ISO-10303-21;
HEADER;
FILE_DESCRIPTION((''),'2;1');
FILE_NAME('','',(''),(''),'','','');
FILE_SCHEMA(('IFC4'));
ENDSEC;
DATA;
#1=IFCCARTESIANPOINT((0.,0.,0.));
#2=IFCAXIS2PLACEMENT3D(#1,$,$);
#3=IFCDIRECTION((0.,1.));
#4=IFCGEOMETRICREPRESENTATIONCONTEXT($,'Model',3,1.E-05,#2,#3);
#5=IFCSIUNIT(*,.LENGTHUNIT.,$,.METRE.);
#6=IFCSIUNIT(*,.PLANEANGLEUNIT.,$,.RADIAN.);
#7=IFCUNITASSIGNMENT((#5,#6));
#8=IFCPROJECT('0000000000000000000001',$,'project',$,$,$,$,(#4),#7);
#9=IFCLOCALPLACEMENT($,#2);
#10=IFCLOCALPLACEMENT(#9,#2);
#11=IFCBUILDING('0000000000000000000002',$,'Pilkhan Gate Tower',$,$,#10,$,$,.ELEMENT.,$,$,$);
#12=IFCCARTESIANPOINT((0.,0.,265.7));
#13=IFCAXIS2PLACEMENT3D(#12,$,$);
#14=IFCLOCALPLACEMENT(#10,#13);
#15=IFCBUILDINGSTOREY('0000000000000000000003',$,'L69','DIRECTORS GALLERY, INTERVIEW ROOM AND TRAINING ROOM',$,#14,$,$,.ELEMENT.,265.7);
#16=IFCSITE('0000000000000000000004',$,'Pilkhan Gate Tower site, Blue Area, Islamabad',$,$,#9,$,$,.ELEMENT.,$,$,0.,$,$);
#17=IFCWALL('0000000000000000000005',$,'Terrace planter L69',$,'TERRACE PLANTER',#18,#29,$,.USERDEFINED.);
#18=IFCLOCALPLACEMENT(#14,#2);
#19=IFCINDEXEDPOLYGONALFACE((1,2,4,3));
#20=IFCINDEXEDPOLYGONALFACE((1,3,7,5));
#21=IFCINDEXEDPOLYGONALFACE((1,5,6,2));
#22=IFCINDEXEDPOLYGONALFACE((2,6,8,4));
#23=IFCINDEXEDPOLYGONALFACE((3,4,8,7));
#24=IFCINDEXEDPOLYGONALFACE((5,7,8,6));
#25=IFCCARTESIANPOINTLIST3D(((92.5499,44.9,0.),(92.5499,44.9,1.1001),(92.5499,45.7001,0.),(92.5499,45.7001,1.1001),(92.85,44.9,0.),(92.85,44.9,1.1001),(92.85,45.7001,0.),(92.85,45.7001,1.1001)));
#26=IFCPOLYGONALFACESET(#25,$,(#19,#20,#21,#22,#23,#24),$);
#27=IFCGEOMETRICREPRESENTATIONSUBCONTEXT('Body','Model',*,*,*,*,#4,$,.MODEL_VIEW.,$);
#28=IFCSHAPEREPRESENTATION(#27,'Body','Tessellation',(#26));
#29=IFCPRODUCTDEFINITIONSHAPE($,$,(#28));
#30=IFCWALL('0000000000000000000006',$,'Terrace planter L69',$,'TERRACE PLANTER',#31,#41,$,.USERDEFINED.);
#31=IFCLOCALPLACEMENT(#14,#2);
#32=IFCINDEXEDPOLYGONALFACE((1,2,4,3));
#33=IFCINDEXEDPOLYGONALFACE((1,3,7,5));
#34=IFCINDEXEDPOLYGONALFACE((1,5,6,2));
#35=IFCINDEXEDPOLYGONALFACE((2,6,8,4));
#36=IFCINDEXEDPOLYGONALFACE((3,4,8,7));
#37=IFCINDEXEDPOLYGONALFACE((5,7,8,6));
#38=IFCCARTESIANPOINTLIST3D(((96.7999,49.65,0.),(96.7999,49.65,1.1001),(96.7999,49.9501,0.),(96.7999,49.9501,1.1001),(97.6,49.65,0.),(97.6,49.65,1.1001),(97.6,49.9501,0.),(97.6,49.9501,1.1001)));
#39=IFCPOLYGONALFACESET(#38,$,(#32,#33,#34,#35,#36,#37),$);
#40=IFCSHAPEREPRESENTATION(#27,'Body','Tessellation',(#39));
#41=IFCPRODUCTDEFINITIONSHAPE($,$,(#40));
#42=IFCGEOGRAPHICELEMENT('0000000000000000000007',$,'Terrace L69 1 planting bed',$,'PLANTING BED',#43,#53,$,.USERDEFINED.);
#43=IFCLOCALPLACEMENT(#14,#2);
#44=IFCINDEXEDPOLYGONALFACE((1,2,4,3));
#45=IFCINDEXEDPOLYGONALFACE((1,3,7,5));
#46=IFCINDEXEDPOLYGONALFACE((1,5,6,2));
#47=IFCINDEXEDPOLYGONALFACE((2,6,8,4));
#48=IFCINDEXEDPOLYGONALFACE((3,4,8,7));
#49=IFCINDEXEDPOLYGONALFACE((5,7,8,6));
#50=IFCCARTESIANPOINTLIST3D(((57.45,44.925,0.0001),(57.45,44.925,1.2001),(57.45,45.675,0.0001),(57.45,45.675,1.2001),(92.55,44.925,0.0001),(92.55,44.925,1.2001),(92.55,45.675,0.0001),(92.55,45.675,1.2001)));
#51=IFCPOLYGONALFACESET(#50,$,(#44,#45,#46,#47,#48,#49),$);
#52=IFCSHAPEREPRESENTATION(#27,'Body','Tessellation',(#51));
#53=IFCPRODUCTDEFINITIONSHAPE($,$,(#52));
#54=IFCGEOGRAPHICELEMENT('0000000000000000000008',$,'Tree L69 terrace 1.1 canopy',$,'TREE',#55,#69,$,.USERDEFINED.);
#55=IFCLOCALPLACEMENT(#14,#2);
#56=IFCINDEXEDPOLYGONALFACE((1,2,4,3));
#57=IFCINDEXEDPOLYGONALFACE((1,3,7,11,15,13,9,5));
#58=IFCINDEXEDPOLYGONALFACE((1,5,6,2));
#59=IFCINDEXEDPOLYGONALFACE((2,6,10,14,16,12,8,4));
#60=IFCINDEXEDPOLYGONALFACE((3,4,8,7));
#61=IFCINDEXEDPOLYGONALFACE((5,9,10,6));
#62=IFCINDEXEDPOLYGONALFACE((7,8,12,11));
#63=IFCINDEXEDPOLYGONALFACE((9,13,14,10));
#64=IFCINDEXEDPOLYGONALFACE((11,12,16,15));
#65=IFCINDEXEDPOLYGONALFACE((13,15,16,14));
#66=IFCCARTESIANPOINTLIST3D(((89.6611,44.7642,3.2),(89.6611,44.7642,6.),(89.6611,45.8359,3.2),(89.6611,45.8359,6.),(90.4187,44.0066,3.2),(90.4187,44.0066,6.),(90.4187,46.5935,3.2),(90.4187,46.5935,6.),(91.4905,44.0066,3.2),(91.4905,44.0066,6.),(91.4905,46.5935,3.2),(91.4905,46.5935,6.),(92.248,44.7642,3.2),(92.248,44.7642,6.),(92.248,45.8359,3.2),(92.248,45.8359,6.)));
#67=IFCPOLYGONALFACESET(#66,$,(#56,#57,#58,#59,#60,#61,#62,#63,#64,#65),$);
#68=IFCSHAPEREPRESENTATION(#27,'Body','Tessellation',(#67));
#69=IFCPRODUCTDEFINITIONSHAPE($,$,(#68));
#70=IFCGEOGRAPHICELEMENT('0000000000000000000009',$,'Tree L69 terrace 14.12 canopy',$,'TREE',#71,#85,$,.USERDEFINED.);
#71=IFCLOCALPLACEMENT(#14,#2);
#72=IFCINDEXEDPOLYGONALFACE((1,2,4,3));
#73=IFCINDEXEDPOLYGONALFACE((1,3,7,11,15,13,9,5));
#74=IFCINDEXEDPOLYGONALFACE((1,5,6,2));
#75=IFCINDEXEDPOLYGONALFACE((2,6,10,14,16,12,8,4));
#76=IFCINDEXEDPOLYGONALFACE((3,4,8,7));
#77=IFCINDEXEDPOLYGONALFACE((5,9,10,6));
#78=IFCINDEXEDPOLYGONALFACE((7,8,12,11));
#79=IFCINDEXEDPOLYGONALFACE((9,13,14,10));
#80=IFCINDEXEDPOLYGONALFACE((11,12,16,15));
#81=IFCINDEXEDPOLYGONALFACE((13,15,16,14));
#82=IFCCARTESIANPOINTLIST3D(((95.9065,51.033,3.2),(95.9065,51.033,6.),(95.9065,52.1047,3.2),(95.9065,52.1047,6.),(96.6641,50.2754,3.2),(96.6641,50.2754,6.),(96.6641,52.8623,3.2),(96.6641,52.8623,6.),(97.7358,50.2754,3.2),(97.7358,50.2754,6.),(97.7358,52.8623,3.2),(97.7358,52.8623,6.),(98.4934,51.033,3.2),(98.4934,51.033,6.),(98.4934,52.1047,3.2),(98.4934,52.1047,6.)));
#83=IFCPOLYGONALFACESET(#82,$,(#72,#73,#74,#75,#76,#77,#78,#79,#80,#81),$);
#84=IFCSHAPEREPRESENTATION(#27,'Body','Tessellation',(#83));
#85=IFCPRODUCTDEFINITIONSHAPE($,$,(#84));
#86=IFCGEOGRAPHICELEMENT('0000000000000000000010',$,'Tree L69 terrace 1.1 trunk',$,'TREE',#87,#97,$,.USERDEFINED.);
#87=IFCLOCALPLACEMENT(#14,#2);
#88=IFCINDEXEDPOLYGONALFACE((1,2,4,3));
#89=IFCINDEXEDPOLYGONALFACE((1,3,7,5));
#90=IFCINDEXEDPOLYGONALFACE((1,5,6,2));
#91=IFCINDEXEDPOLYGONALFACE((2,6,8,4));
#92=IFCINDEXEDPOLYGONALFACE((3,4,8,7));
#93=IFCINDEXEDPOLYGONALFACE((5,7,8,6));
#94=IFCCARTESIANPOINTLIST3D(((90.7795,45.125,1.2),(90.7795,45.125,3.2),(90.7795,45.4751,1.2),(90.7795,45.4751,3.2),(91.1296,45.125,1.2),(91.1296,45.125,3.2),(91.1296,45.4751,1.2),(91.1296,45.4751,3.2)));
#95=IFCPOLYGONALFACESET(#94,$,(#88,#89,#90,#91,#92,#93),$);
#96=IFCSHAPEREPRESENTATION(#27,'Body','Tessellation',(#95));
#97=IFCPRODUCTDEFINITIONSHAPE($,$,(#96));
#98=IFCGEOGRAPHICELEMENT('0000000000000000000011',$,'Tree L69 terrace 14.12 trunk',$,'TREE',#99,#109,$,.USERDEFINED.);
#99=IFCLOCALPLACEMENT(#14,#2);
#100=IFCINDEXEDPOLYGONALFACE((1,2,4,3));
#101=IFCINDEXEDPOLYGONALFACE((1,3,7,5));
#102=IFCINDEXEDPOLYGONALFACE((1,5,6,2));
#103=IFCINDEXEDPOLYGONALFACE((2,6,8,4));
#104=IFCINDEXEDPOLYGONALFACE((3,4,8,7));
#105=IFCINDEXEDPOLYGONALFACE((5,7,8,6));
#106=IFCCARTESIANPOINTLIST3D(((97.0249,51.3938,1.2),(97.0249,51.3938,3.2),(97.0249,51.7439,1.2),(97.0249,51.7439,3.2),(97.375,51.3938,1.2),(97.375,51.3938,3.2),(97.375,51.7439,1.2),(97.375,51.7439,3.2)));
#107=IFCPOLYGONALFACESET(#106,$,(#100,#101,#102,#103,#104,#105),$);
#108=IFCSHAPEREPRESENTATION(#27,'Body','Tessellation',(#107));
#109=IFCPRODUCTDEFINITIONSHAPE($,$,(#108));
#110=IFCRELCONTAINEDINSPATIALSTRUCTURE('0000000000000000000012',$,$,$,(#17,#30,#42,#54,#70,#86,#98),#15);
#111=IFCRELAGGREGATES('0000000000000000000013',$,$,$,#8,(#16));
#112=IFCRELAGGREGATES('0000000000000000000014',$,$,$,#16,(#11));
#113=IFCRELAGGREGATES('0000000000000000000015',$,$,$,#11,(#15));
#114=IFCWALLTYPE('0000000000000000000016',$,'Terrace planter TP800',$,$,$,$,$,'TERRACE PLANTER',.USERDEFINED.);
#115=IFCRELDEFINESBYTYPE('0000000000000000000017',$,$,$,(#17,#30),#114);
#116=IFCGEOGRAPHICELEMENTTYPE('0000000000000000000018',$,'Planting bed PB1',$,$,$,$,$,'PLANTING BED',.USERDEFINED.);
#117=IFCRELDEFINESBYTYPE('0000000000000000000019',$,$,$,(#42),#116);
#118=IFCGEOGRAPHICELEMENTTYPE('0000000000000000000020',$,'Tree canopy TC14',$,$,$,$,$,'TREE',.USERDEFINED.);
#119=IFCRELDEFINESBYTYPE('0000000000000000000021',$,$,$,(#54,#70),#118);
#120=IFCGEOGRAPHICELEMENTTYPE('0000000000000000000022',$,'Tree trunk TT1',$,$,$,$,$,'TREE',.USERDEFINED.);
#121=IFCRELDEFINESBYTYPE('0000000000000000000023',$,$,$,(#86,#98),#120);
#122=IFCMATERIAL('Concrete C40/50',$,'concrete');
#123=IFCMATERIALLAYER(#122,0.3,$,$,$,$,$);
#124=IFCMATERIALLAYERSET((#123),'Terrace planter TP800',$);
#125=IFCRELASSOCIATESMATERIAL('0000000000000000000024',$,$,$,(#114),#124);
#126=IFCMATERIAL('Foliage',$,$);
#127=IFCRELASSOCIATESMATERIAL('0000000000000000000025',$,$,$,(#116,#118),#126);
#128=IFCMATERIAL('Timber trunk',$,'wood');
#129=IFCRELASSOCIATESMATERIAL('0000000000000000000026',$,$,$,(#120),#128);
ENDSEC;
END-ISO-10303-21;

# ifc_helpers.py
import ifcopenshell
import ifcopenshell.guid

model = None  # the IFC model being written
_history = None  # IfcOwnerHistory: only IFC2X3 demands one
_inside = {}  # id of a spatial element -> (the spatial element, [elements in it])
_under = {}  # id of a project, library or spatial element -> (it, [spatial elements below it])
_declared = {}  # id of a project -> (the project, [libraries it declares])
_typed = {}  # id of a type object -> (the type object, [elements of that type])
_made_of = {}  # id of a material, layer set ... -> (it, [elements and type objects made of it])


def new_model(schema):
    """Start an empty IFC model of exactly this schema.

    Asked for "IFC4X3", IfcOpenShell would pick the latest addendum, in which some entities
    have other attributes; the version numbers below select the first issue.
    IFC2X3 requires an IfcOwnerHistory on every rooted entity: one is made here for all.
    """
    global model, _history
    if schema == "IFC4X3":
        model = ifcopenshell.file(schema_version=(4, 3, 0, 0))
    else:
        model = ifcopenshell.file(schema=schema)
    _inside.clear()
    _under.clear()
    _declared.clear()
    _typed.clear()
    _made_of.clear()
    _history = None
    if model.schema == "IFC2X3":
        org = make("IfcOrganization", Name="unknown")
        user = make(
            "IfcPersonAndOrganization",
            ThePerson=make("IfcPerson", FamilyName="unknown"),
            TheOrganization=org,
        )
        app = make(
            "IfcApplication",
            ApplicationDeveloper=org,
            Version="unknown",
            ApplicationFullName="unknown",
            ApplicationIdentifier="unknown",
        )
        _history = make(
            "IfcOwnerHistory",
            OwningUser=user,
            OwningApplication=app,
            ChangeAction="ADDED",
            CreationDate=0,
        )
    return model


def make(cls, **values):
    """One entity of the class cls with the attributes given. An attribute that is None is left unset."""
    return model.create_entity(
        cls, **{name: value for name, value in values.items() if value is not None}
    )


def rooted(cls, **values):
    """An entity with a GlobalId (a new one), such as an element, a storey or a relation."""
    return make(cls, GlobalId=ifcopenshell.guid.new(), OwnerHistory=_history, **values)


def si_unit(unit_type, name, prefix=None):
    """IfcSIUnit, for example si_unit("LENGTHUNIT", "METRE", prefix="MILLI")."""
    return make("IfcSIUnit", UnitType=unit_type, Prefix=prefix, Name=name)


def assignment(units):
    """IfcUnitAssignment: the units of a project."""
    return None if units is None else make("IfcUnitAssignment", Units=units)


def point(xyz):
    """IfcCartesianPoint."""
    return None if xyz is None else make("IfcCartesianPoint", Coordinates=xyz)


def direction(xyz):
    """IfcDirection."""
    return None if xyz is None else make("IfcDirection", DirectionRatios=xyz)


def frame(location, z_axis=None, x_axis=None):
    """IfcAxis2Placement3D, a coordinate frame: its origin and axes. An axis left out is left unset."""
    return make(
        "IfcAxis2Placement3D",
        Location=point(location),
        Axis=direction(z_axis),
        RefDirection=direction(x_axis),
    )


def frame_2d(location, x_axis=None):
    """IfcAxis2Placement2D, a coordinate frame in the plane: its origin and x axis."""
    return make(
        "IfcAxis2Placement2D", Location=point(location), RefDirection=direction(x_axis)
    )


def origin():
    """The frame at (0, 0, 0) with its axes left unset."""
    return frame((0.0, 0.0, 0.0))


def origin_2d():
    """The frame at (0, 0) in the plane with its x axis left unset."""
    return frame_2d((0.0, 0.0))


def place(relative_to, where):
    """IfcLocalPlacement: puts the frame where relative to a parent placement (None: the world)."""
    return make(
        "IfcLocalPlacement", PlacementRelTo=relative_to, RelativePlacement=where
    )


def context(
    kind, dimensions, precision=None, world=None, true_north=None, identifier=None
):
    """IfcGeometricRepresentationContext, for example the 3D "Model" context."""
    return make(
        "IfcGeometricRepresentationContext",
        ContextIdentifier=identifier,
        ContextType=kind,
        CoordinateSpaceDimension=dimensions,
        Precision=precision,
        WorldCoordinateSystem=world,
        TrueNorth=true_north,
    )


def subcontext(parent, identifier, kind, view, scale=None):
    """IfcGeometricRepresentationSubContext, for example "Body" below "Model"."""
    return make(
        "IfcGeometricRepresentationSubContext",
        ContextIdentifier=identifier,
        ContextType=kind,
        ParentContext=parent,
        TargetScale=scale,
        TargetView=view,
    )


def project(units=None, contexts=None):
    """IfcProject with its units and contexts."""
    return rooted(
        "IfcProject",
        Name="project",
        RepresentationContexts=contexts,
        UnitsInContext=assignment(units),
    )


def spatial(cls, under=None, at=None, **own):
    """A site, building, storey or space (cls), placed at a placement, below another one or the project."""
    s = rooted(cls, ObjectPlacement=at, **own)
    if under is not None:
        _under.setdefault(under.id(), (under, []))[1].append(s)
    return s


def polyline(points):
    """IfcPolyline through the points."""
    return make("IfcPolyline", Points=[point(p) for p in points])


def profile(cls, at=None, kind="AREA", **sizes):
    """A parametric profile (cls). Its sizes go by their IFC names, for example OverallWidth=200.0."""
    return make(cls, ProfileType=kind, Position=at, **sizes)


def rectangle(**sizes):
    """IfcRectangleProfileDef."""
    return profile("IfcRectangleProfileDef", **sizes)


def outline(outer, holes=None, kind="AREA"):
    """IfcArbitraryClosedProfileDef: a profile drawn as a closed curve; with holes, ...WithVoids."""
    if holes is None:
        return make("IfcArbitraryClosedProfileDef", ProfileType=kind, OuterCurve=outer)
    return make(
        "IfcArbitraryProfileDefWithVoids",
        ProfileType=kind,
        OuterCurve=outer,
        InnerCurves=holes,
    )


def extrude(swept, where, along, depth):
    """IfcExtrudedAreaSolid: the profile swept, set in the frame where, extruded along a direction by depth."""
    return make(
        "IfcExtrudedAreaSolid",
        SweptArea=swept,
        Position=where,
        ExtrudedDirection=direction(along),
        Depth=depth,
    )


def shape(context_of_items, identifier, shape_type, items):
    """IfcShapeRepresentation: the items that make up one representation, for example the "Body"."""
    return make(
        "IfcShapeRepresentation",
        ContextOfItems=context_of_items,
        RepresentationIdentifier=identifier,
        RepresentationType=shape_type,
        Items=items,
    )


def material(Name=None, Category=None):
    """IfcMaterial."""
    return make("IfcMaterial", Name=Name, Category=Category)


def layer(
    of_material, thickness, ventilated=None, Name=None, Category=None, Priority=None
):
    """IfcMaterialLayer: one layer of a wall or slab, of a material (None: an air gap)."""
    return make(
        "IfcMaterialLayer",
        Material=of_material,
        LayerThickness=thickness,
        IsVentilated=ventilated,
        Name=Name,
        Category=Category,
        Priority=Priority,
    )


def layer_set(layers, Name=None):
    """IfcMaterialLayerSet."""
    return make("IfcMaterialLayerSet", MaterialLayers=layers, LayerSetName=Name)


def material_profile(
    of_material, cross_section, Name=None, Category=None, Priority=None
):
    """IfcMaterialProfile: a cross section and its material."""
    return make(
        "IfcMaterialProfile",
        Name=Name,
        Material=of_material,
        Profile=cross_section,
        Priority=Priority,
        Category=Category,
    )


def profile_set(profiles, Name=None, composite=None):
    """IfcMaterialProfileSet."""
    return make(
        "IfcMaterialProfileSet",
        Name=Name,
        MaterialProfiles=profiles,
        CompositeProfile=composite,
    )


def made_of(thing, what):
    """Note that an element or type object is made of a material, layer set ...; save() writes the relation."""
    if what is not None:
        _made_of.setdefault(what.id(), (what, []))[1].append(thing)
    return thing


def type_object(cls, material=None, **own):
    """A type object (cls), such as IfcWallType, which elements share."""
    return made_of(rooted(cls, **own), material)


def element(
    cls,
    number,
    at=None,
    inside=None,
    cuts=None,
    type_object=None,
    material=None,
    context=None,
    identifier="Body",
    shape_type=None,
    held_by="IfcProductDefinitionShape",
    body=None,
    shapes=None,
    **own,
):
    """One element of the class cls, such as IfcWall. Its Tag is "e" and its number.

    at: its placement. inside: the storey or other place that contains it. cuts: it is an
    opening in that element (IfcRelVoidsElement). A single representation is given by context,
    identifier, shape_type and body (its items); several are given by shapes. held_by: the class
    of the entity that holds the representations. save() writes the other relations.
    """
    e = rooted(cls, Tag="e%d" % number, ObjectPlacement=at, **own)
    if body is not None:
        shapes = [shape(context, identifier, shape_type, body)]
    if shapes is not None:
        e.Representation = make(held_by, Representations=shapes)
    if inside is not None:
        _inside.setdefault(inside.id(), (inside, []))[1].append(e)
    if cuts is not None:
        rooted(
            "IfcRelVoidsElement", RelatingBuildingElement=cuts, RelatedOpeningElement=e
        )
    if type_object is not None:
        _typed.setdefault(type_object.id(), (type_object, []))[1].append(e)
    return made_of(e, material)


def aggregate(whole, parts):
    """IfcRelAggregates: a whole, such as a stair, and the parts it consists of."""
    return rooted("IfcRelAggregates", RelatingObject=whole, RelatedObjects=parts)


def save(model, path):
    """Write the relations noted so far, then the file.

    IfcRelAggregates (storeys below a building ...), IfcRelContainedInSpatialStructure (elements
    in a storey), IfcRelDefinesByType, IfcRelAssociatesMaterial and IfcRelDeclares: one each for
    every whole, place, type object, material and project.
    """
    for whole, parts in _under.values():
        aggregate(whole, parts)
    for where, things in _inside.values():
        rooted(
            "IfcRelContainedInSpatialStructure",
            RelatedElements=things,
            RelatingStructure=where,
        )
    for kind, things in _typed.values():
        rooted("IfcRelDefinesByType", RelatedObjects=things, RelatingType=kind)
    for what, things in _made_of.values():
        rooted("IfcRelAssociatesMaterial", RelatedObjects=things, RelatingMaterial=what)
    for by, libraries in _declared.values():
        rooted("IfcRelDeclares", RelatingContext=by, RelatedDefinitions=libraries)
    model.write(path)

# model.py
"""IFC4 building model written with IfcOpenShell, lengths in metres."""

from ifc_helpers import new_model, si_unit, direction, frame, frame_2d, origin, origin_2d, place, context, subcontext, project, spatial, polyline, rectangle, outline, extrude, material, layer, layer_set, material_profile, profile_set, type_object, element, save


model = new_model("IFC4")

# Units and contexts
model_context = context("Model", 3, precision=1e-05, world=origin(), true_north=direction((0.0, 1.0)))
body_context = subcontext(model_context, "Body", "Model", "MODEL_VIEW")
ifc_project = project(units=[si_unit("LENGTHUNIT", "METRE"), si_unit("PLANEANGLEUNIT", "RADIAN")], contexts=[model_context])

# Site, building, storey
site_placement = place(None, origin())
site = spatial("IfcSite", under=ifc_project, at=site_placement, Name="Pilkhan Gate Tower site, Blue Area, Islamabad", CompositionType="ELEMENT", RefElevation=0.0)
building_placement = place(site_placement, origin())
building = spatial("IfcBuilding", under=site, at=building_placement, Name="Pilkhan Gate Tower", CompositionType="ELEMENT")
storey_placement = place(building_placement, frame((0.0, 0.0, 265.7)))
storey = spatial("IfcBuildingStorey", under=building, at=storey_placement, Name="L69", Description="DIRECTORS GALLERY, INTERVIEW ROOM AND TRAINING ROOM", CompositionType="ELEMENT", Elevation=265.7)

# Walls
ifc_material_1 = material(Name="Concrete C40/50", Category="concrete")
ifc_layer_1 = layer(ifc_material_1, 0.3)
ifc_layer_set_1 = layer_set([ifc_layer_1], Name="Terrace planter TP800")
wall_type = type_object("IfcWallType", Name="Terrace planter TP800", ElementType="TERRACE PLANTER", PredefinedType="USERDEFINED", material=ifc_layer_set_1)
for number, where, z_axis, x_axis, name in (
    (1, (92.7, 45.7, 0.0), (0.0, 0.0, 1.0), (0.0, -1.0, 0.0), "Terrace planter L69"),
    (2, (96.8, 49.8, 0.0), (0.0, 0.0, 1.0), (1.0, 0.0, 0.0), "Terrace planter L69"),
):
    element("IfcWall", number, at=place(storey_placement, frame(where, z_axis=z_axis, x_axis=x_axis)), inside=storey, type_object=wall_type, Name=name, ObjectType="TERRACE PLANTER", PredefinedType="USERDEFINED", context=body_context, shape_type="SweptSolid", body=[
        extrude(rectangle(XDim=0.8, YDim=0.3, at=frame_2d((0.3999, 0.0))), origin(), (0.0, 0.0, 1.0), 1.1001),
    ])

# Geographic elements
ifc_material_2 = material(Name="Foliage")
ifc_material_profile_1 = material_profile(ifc_material_2, rectangle(XDim=0.75, YDim=1.2, at=origin_2d()), Name="Bed 750x1200")
ifc_profile_set_1 = profile_set([ifc_material_profile_1], Name="Foliage")
geographic_element_type_1 = type_object("IfcGeographicElementType", Name="Planting bed PB1", ElementType="PLANTING BED", PredefinedType="USERDEFINED", material=ifc_profile_set_1)
geographic_element_placement = place(storey_placement, frame((92.55, 45.3, 0.6001), z_axis=(-1.0, 0.0, 0.0), x_axis=(0.0, -1.0, 0.0)))
element("IfcGeographicElement", 3, at=geographic_element_placement, inside=storey, type_object=geographic_element_type_1, Name="Terrace L69 1 planting bed", ObjectType="PLANTING BED", PredefinedType="USERDEFINED", context=body_context, shape_type="SweptSolid", body=[
    extrude(rectangle(XDim=0.75, YDim=1.2, at=origin_2d()), origin(), (0.0, 0.0, 1.0), 35.1001),
])
ifc_material_profile_2 = material_profile(ifc_material_2, outline(polyline([(1.2935, 0.5359), (0.5359, 1.2935), (-0.5359, 1.2935), (-1.2935, 0.5359), (-1.2935, -0.5359), (-0.5359, -1.2935), (0.5359, -1.2935), (1.2935, -0.5359), (1.2935, 0.5359)])), Name="Canopy D2.8")
ifc_profile_set_2 = profile_set([ifc_material_profile_2], Name="Foliage")
geographic_element_type_2 = type_object("IfcGeographicElementType", Name="Tree canopy TC14", ElementType="TREE", PredefinedType="USERDEFINED", material=ifc_profile_set_2)
for number, where, z_axis, x_axis, name in (
    (4, (90.9546, 45.3, 3.2), (0.0, 0.0, 1.0), (1.0, 0.0, 0.0), "Tree L69 terrace 1.1 canopy"),
    (5, (97.2, 51.5688, 3.2), (0.0, 0.0, 1.0), (1.0, 0.0, 0.0), "Tree L69 terrace 14.12 canopy"),
):
    element("IfcGeographicElement", number, at=place(storey_placement, frame(where, z_axis=z_axis, x_axis=x_axis)), inside=storey, type_object=geographic_element_type_2, Name=name, ObjectType="TREE", PredefinedType="USERDEFINED", context=body_context, shape_type="SweptSolid", body=[
        extrude(outline(polyline([(1.2935, 0.5359), (0.5359, 1.2935), (-0.5359, 1.2935), (-1.2935, 0.5359), (-1.2935, -0.5359), (-0.5359, -1.2935), (0.5359, -1.2935), (1.2935, -0.5359), (1.2935, 0.5359)])), origin(), (0.0, 0.0, 1.0), 2.8),
    ])
ifc_material_3 = material(Name="Timber trunk", Category="wood")
geographic_element_type_3 = type_object("IfcGeographicElementType", Name="Tree trunk TT1", ElementType="TREE", PredefinedType="USERDEFINED", material=ifc_material_3)
for number, where, z_axis, x_axis, name in (
    (6, (90.9546, 45.3, 1.2), (0.0, 0.0, 1.0), (1.0, 0.0, 0.0), "Tree L69 terrace 1.1 trunk"),
    (7, (97.2, 51.5688, 1.2), (0.0, 0.0, 1.0), (1.0, 0.0, 0.0), "Tree L69 terrace 14.12 trunk"),
):
    element("IfcGeographicElement", number, at=place(storey_placement, frame(where, z_axis=z_axis, x_axis=x_axis)), inside=storey, type_object=geographic_element_type_3, Name=name, ObjectType="TREE", PredefinedType="USERDEFINED", context=body_context, shape_type="SweptSolid", body=[
        extrude(rectangle(XDim=0.3501, YDim=0.3501, at=origin_2d()), origin(), (0.0, 0.0, 1.0), 2.0),
    ])

save(model, "model.ifc")
